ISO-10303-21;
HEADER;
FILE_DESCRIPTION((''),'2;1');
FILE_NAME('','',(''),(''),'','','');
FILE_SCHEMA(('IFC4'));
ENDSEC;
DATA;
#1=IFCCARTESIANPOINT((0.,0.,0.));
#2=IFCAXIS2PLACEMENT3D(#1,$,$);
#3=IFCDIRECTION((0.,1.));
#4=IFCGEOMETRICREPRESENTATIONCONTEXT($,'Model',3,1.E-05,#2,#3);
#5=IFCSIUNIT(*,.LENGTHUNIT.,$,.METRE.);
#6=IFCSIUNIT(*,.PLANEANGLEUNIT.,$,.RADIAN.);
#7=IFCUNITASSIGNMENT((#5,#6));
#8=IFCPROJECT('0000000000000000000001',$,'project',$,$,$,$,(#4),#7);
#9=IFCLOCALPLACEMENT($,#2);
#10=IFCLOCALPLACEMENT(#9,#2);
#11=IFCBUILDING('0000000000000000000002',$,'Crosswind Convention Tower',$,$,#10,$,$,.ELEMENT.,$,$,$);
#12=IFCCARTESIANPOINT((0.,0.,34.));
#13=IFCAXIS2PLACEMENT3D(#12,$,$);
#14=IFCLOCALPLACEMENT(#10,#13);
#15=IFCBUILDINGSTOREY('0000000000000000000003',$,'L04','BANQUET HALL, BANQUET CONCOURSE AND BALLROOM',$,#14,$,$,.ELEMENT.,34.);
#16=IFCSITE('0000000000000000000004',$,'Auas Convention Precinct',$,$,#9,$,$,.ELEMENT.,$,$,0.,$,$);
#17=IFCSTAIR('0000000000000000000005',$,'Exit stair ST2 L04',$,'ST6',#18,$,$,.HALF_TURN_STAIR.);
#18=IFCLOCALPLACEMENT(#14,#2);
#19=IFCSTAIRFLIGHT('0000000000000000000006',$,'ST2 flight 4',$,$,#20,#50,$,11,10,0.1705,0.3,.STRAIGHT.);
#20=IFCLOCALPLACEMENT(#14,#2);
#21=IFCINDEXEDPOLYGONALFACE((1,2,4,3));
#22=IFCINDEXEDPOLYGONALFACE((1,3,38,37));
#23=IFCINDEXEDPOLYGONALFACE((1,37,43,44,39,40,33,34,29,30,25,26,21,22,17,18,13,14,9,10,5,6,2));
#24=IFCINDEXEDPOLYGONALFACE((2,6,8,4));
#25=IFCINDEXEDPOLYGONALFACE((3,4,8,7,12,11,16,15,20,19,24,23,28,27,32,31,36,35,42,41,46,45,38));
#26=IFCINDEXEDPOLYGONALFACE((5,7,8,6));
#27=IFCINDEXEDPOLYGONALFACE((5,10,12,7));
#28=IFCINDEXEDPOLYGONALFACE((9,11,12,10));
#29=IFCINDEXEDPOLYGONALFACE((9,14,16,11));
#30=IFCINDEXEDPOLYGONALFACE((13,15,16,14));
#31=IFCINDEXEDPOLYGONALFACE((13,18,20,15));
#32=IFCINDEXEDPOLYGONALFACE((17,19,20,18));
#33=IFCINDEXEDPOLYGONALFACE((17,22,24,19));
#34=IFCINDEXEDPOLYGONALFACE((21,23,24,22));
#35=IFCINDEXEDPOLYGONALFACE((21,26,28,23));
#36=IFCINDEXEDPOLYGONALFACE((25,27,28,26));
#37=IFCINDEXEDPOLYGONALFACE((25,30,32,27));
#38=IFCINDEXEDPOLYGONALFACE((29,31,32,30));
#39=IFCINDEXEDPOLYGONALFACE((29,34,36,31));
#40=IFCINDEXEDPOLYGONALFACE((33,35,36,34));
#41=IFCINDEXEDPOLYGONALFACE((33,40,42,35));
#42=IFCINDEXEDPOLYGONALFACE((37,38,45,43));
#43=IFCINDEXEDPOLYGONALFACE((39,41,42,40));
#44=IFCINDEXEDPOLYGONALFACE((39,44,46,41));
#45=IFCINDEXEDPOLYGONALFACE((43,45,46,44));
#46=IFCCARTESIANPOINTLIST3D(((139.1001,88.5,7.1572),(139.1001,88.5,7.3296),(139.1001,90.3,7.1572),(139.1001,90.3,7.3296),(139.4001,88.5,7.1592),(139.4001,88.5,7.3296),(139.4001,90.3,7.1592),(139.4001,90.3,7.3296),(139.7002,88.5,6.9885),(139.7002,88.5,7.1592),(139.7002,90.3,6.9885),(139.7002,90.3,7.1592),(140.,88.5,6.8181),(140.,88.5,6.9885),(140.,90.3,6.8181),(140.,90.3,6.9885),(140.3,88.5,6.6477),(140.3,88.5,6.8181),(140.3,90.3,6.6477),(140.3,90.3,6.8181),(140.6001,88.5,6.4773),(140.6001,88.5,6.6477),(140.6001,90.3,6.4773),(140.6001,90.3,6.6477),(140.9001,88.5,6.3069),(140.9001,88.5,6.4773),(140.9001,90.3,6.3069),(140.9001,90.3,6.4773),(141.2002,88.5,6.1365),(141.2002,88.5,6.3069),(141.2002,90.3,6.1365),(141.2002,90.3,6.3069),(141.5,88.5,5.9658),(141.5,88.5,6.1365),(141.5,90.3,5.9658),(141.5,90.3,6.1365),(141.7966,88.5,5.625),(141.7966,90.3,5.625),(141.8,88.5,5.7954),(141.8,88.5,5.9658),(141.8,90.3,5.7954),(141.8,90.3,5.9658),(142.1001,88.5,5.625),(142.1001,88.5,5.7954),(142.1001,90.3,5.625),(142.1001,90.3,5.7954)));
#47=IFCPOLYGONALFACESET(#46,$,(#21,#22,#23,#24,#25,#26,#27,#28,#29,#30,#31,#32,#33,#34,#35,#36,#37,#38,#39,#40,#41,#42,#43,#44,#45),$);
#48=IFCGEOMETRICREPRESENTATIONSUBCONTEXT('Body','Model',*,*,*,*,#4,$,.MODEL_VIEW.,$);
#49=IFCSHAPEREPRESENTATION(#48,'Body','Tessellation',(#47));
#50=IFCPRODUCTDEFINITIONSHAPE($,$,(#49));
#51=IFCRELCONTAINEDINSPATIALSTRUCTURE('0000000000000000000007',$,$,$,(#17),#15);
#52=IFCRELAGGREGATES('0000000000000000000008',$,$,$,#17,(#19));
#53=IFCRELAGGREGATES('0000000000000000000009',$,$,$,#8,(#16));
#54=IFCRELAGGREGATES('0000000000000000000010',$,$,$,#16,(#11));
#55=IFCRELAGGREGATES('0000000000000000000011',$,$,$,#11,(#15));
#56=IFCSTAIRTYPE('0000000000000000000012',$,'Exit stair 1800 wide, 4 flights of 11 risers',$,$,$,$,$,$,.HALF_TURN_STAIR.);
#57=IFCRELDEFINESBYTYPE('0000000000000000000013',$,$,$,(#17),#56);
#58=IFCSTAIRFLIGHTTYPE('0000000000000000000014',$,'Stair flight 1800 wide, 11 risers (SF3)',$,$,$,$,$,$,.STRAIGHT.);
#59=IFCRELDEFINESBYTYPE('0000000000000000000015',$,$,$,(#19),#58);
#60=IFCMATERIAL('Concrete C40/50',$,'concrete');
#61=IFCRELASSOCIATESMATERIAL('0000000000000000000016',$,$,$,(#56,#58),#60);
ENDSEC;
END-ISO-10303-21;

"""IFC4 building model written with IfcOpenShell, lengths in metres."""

from ifc_helpers import new_model, si_unit, direction, frame, origin, place, context, subcontext, project, spatial, polyline, outline, extrude, material, type_object, element, aggregate, save


model = new_model("IFC4")

# Units and contexts
model_context = context("Model", 3, precision=1e-05, world=origin(), true_north=direction((0.0, 1.0)))
body_context = subcontext(model_context, "Body", "Model", "MODEL_VIEW")
ifc_project = project(units=[si_unit("LENGTHUNIT", "METRE"), si_unit("PLANEANGLEUNIT", "RADIAN")], contexts=[model_context])

# Site, building, storey
site_placement = place(None, origin())
site = spatial("IfcSite", under=ifc_project, at=site_placement, Name="Auas Convention Precinct", CompositionType="ELEMENT", RefElevation=0.0)
building_placement = place(site_placement, origin())
building = spatial("IfcBuilding", under=site, at=building_placement, Name="Crosswind Convention Tower", CompositionType="ELEMENT")
storey_placement = place(building_placement, frame((0.0, 0.0, 34.0)))
storey = spatial("IfcBuildingStorey", under=building, at=storey_placement, Name="L04", Description="BANQUET HALL, BANQUET CONCOURSE AND BALLROOM", CompositionType="ELEMENT", Elevation=34.0)

# Shared definitions
ifc_material_1 = material(Name="Concrete C40/50", Category="concrete")

# Stair, stair flight
stair_type = type_object("IfcStairType", Name="Exit stair 1800 wide, 4 flights of 11 risers", PredefinedType="HALF_TURN_STAIR", material=ifc_material_1)
stair_placement = place(storey_placement, origin())
stair = element("IfcStair", 1, at=stair_placement, inside=storey, type_object=stair_type, Name="Exit stair ST2 L04", ObjectType="ST6", PredefinedType="HALF_TURN_STAIR")
stair_flight_type = type_object("IfcStairFlightType", Name="Stair flight 1800 wide, 11 risers (SF3)", PredefinedType="STRAIGHT", material=ifc_material_1)
stair_flight_1_placement = place(storey_placement, frame((142.1001, 89.3999, 5.625), z_axis=(0.0, 0.0, 1.0), x_axis=(-1.0, 0.0, 0.0)))
stair_flight_1 = element("IfcStairFlight", 2, at=stair_flight_1_placement, type_object=stair_flight_type, Name="ST2 flight 4", NumberOfRisers=11, NumberOfTreads=10, PredefinedType="STRAIGHT", RiserHeight=0.1705, TreadLength=0.3, context=body_context, shape_type="SweptSolid", body=[
    extrude(outline(polyline([(0.0, 0.0), (0.0, 0.1704), (0.3, 0.1704), (0.3, 0.3408), (0.6001, 0.3408), (0.6001, 0.5115), (0.8999, 0.5115), (0.8999, 0.6819), (1.2, 0.6819), (1.2, 0.8523), (1.5, 0.8523), (1.5, 1.0227), (1.8, 1.0227), (1.8, 1.1931), (2.1001, 1.1931), (2.1001, 1.3635), (2.3999, 1.3635), (2.3999, 1.5342), (2.7, 1.5342), (2.7, 1.7046), (3.0, 1.7046), (3.0, 1.875), (3.0, 1.5322), (0.3035, 0.0), (0.0, 0.0)])), frame((0.0, 0.8999, 0.0), z_axis=(0.0, -1.0, 0.0), x_axis=(1.0, 0.0, 0.0)), (0.0, 0.0, 1.0), 1.8),
])
aggregate(stair, [stair_flight_1])

save(model, "model.ifc")
